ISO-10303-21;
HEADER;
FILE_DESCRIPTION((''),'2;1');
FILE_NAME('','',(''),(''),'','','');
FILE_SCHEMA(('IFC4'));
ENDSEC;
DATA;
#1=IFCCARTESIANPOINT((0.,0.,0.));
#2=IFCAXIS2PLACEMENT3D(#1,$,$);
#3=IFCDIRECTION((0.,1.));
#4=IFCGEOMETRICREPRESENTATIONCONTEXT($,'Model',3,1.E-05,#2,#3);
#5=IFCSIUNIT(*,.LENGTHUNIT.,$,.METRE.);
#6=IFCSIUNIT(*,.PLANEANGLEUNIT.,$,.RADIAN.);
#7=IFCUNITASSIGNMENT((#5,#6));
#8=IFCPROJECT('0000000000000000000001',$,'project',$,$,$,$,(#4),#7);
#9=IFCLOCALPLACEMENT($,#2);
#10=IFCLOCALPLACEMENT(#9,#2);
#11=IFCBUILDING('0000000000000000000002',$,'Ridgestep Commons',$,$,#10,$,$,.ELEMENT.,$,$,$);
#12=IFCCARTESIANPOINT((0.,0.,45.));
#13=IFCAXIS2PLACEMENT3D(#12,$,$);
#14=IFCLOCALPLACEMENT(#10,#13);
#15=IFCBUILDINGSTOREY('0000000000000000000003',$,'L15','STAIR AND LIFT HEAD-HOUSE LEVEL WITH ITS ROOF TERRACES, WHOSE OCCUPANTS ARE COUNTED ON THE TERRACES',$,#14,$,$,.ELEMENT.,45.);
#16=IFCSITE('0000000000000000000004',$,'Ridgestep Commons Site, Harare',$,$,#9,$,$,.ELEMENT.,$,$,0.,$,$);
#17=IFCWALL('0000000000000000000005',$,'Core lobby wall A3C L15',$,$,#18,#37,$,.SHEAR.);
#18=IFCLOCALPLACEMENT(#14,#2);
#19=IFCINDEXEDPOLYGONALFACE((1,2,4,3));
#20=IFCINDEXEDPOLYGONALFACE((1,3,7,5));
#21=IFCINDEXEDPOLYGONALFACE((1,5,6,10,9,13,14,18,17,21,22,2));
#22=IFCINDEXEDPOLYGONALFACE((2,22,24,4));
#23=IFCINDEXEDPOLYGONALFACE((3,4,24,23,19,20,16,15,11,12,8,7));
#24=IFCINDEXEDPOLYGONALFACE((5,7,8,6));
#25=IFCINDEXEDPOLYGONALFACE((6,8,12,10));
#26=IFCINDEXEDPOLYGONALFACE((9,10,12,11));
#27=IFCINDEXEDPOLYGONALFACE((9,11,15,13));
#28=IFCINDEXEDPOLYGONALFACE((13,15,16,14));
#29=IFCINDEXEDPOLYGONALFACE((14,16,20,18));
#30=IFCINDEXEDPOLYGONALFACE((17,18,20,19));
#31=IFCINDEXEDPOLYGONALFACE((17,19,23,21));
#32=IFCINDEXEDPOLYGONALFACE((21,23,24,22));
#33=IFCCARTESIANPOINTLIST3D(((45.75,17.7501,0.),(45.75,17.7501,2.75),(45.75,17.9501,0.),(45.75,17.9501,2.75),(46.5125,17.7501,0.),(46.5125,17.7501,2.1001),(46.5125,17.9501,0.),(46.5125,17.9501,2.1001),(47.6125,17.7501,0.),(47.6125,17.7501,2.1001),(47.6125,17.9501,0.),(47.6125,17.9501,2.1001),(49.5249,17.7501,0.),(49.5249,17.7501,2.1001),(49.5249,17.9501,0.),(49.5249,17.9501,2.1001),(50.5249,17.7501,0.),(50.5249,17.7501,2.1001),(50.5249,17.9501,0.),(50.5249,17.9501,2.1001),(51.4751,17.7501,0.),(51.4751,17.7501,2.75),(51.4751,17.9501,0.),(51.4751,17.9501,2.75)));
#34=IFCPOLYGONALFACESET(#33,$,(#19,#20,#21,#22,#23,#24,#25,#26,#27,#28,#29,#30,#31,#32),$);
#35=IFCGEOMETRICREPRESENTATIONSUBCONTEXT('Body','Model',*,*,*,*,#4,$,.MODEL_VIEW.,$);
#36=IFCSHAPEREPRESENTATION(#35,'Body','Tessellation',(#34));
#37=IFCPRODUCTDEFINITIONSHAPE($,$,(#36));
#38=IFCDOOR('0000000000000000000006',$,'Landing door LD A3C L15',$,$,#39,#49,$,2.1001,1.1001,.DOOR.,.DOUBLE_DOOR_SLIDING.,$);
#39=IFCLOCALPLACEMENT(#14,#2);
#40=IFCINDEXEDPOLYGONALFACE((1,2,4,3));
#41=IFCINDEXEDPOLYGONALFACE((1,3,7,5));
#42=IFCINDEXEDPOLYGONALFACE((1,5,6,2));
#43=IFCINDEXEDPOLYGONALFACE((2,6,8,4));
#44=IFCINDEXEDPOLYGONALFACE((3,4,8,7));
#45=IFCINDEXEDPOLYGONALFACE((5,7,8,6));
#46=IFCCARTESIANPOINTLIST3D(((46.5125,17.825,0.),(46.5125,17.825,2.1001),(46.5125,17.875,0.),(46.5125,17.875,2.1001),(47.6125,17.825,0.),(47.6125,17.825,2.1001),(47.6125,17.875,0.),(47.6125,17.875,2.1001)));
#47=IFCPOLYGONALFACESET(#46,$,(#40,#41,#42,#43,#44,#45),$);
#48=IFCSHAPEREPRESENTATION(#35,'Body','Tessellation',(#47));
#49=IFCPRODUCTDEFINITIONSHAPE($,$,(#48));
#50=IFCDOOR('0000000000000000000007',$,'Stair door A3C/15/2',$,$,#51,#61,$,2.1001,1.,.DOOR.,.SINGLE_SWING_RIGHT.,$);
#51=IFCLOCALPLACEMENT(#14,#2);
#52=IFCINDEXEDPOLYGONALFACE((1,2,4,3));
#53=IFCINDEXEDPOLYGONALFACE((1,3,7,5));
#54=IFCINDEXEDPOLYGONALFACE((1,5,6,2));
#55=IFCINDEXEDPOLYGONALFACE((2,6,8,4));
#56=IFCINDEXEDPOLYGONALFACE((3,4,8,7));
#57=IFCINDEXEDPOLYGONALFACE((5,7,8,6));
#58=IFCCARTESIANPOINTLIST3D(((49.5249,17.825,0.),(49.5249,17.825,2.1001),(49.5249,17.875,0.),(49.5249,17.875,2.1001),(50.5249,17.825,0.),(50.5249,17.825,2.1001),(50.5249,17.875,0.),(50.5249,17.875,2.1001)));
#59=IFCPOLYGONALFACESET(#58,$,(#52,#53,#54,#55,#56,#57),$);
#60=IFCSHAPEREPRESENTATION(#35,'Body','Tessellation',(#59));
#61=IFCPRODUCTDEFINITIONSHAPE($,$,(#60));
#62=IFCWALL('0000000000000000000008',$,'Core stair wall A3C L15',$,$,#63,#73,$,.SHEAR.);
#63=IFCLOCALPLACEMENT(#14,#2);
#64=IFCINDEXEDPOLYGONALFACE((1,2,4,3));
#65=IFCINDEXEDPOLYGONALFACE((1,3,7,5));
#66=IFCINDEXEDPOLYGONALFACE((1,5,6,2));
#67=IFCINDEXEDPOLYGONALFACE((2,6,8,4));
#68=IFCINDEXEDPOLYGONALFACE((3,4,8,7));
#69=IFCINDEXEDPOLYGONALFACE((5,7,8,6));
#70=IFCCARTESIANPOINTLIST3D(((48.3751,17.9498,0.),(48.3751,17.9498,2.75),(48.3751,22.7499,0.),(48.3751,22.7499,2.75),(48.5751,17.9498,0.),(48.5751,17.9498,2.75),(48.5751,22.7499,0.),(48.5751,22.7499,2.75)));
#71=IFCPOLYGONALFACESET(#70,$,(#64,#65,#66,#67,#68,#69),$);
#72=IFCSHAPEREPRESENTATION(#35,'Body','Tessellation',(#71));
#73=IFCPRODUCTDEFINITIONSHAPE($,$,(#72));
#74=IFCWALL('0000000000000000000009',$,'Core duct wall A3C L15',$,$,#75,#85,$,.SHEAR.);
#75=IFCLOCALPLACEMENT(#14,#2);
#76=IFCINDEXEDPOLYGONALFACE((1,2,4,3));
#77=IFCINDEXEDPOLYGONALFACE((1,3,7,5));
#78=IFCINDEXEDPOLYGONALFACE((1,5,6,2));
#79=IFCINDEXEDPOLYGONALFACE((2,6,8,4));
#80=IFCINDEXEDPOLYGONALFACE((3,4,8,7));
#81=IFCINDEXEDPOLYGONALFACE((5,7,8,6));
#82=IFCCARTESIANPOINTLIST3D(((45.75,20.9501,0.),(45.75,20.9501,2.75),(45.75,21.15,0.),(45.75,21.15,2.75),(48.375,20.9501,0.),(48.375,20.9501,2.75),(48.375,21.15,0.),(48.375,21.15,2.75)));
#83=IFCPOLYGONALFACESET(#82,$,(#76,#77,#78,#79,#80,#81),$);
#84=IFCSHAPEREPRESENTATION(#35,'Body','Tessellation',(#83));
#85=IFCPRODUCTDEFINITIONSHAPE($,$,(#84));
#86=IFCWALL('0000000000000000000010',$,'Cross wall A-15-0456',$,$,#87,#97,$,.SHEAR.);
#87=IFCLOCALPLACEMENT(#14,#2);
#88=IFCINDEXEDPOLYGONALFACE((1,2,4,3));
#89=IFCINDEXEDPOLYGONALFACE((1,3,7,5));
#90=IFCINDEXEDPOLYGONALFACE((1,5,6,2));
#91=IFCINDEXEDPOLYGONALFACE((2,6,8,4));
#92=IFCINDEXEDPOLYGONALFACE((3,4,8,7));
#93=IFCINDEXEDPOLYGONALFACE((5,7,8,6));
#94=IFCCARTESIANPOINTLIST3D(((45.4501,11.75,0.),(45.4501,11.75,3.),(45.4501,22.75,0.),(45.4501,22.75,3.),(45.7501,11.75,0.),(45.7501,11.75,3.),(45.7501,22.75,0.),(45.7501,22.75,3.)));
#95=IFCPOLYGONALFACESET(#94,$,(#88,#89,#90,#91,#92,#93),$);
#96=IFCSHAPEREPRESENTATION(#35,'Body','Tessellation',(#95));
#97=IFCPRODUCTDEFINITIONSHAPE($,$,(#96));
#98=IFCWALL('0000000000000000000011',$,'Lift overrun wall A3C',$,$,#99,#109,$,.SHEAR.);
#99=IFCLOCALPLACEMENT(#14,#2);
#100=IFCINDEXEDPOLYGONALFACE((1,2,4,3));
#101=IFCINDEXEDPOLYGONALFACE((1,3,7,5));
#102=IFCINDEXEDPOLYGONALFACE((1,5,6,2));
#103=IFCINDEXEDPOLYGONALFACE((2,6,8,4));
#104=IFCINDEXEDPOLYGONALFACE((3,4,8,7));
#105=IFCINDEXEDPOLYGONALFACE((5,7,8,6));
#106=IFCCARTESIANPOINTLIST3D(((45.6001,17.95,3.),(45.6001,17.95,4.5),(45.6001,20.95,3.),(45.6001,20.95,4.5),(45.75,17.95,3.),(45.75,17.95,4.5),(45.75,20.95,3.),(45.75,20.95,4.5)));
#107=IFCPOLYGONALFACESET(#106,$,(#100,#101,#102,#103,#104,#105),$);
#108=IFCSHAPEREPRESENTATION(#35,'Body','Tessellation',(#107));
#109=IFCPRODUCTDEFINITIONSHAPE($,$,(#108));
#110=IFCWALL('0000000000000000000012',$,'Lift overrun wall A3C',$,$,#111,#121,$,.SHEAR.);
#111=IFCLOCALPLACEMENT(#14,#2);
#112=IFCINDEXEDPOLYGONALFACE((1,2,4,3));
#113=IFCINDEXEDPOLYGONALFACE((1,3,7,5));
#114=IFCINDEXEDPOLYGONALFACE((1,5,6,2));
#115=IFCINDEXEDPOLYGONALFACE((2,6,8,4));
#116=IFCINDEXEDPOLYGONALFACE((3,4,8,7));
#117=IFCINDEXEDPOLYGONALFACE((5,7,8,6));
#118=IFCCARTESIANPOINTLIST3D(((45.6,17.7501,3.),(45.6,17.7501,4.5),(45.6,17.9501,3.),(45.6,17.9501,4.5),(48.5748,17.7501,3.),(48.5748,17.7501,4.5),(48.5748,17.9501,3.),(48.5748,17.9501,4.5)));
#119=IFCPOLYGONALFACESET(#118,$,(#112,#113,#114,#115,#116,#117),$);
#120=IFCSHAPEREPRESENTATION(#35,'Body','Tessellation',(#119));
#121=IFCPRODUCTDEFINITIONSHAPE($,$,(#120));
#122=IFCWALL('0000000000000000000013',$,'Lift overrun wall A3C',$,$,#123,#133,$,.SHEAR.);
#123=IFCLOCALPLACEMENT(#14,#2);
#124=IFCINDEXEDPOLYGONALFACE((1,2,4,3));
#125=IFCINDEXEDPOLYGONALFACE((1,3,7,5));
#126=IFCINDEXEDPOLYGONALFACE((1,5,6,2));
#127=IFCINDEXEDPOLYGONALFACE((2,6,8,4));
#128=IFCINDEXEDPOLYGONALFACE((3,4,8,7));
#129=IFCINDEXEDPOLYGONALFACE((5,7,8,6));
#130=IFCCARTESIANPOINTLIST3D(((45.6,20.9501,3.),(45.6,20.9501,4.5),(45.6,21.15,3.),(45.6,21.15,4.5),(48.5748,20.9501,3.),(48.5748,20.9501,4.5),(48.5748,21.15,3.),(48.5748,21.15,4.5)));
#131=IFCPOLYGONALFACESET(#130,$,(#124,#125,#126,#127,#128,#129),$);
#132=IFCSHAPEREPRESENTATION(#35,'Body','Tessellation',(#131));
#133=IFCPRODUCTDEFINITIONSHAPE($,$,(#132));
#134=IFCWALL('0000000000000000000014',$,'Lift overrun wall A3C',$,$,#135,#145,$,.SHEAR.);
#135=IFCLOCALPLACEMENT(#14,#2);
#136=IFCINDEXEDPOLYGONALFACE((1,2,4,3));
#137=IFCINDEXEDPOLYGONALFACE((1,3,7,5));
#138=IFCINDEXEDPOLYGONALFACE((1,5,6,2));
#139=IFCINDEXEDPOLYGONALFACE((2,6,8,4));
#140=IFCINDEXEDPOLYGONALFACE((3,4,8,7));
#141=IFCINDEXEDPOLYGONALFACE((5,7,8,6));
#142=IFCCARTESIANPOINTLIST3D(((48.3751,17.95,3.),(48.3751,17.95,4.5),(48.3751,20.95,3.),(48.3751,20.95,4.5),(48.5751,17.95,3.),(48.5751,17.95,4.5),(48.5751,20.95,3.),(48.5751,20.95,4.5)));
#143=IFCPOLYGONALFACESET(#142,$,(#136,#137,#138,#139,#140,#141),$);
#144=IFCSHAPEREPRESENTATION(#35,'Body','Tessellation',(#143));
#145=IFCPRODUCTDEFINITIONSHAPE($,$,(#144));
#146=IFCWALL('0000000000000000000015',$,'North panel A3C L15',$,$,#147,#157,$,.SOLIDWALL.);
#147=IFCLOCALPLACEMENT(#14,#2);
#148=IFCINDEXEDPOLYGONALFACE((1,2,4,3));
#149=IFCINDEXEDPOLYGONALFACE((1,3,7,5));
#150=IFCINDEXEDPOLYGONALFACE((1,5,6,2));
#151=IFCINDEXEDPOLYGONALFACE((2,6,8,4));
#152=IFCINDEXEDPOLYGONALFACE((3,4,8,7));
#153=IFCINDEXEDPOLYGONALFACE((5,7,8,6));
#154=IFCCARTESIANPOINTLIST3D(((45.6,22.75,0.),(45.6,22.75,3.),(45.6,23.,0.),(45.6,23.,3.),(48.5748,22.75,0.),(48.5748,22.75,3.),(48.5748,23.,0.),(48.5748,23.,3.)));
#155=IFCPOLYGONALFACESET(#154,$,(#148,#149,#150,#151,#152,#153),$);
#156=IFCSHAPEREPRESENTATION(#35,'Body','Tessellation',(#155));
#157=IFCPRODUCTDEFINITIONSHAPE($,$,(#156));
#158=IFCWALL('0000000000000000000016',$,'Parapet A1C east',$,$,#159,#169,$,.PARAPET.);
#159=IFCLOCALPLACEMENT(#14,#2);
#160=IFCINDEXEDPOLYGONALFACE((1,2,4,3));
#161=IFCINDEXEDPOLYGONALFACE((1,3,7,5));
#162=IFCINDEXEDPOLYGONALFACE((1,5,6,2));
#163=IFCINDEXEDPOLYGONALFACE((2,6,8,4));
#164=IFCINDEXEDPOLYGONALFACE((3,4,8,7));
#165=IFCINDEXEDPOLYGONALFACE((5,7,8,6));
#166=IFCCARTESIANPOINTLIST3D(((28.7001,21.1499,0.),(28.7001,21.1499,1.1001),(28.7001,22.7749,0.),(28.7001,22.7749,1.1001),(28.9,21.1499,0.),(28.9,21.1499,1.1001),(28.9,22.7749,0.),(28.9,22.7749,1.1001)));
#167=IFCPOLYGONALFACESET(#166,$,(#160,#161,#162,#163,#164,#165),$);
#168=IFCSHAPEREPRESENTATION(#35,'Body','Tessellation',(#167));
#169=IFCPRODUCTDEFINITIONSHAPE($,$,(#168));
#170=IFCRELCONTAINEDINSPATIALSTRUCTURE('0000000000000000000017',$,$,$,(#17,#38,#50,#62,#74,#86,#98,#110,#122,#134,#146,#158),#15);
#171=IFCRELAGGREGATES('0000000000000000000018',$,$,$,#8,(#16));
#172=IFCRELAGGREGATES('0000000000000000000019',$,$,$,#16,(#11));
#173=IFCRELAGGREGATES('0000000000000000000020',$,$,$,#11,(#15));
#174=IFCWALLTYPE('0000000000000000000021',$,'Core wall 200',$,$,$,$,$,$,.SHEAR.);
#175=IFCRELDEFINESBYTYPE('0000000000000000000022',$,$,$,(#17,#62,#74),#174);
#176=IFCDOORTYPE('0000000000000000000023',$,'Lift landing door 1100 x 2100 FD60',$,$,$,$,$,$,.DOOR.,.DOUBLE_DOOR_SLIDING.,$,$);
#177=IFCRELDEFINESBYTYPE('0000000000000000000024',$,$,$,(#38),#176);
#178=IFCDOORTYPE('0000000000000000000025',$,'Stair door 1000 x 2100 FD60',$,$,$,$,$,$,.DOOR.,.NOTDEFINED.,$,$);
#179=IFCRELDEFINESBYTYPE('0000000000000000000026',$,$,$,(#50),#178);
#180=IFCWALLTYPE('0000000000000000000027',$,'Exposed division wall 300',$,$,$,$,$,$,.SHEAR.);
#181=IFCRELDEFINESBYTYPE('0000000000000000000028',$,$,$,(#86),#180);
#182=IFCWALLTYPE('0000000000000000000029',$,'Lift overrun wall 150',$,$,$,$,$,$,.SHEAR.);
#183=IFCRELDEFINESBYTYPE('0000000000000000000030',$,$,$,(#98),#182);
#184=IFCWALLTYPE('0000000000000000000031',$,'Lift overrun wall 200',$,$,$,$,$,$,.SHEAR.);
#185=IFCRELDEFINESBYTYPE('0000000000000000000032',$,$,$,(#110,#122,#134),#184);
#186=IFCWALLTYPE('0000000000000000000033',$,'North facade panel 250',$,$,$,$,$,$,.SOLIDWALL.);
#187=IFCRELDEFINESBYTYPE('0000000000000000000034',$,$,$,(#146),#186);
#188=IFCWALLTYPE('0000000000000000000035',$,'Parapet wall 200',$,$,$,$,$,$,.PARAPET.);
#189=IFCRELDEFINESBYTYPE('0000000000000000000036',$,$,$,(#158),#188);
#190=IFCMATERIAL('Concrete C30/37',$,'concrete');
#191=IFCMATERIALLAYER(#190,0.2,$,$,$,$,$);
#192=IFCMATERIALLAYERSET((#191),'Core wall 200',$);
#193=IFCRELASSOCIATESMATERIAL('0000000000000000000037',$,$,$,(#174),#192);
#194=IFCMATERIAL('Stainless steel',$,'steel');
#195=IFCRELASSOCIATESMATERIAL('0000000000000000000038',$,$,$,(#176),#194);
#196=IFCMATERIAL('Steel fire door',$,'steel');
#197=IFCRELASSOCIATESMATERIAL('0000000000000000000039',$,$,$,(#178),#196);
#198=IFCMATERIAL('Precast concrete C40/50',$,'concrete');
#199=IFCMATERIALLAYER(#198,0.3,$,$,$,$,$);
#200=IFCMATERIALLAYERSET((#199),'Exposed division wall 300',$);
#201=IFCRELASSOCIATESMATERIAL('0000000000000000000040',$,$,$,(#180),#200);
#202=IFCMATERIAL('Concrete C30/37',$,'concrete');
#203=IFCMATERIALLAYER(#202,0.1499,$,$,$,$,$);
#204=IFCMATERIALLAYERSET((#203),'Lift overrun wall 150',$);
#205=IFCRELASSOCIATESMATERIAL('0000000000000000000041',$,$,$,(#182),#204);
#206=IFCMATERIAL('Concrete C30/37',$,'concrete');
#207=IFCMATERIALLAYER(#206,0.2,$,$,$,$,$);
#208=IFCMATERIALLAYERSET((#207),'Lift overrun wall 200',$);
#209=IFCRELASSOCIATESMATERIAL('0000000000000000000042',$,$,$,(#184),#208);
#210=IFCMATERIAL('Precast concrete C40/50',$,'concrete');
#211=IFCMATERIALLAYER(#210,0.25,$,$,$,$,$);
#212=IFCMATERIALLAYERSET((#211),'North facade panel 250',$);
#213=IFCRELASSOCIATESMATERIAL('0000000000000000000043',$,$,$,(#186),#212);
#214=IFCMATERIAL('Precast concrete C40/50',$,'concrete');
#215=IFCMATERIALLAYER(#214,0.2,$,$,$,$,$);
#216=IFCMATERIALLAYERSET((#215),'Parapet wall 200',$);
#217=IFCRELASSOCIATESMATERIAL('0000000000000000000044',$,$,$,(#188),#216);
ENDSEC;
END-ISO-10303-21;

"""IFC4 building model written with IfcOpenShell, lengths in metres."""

from ifc_helpers import new_model, si_unit, direction, frame, frame_2d, origin, place, context, subcontext, project, spatial, rectangle, extrude, material, layer, layer_set, type_object, element, fill, save


model = new_model("IFC4")

# Units and contexts
model_context = context("Model", 3, precision=1e-05, world=origin(), true_north=direction((0.0, 1.0)))
body_context = subcontext(model_context, "Body", "Model", "MODEL_VIEW")
ifc_project = project(units=[si_unit("LENGTHUNIT", "METRE"), si_unit("PLANEANGLEUNIT", "RADIAN")], contexts=[model_context])

# Site, building, storey
site_placement = place(None, origin())
site = spatial("IfcSite", under=ifc_project, at=site_placement, Name="Ridgestep Commons Site, Harare", CompositionType="ELEMENT", RefElevation=0.0)
building_placement = place(site_placement, origin())
building = spatial("IfcBuilding", under=site, at=building_placement, Name="Ridgestep Commons", CompositionType="ELEMENT")
storey_placement = place(building_placement, frame((0.0, 0.0, 45.0)))
storey = spatial("IfcBuildingStorey", under=building, at=storey_placement, Name="L15", Description="STAIR AND LIFT HEAD-HOUSE LEVEL WITH ITS ROOF TERRACES, WHOSE OCCUPANTS ARE COUNTED ON THE TERRACES", CompositionType="ELEMENT", Elevation=45.0)

# Wall, openings, doors
ifc_material_1 = material(Name="Concrete C30/37", Category="concrete")
ifc_layer_1 = layer(ifc_material_1, 0.2)
ifc_layer_set_1 = layer_set([ifc_layer_1], Name="Core wall 200")
wall_type_1 = type_object("IfcWallType", Name="Core wall 200", PredefinedType="SHEAR", material=ifc_layer_set_1)
wall_1_placement = place(storey_placement, frame((45.75, 17.8501, 0.0), z_axis=(0.0, 0.0, 1.0), x_axis=(1.0, 0.0, 0.0)))
wall_1 = element("IfcWall", 1, at=wall_1_placement, inside=storey, type_object=wall_type_1, Name="Core lobby wall A3C L15", PredefinedType="SHEAR", context=body_context, shape_type="SweptSolid", body=[
    extrude(rectangle(XDim=5.7251, YDim=0.2, at=frame_2d((2.8625, 0.0))), origin(), (0.0, 0.0, 1.0), 2.75),
])
opening_1_placement = place(wall_1_placement, frame((3.7749, 0.0, 0.0)))
opening_1 = element("IfcOpeningElement", 2, at=opening_1_placement, cuts=wall_1, PredefinedType="OPENING", context=body_context, shape_type="SweptSolid", body=[
    extrude(rectangle(XDim=1.0, YDim=2.1001, at=frame_2d((0.5, 1.05))), frame((0.0, 0.1099, 0.0), z_axis=(0.0, -1.0, 0.0), x_axis=(1.0, 0.0, 0.0)), (0.0, 0.0, 1.0), 0.22),
])
opening_2_placement = place(wall_1_placement, frame((0.7625, 0.0, 0.0)))
opening_2 = element("IfcOpeningElement", 3, at=opening_2_placement, cuts=wall_1, PredefinedType="OPENING", context=body_context, shape_type="SweptSolid", body=[
    extrude(rectangle(XDim=1.1001, YDim=2.1001, at=frame_2d((0.55, 1.05))), frame((0.0, 0.1099, 0.0), z_axis=(0.0, -1.0, 0.0), x_axis=(1.0, 0.0, 0.0)), (0.0, 0.0, 1.0), 0.22),
])
ifc_material_2 = material(Name="Stainless steel", Category="steel")
door_type_1 = type_object("IfcDoorType", Name="Lift landing door 1100 x 2100 FD60", OperationType="DOUBLE_DOOR_SLIDING", PredefinedType="DOOR", material=ifc_material_2)
door_1_placement = place(opening_2_placement, origin())
door_1 = element("IfcDoor", 4, at=door_1_placement, inside=storey, type_object=door_type_1, Name="Landing door LD A3C L15", OperationType="DOUBLE_DOOR_SLIDING", OverallHeight=2.1001, OverallWidth=1.1001, PredefinedType="DOOR", context=body_context, shape_type="SweptSolid", body=[
    extrude(rectangle(XDim=1.1001, YDim=2.1001, at=frame_2d((0.55, 1.05))), frame((0.0, 0.0249, 0.0), z_axis=(0.0, -1.0, 0.0), x_axis=(1.0, 0.0, 0.0)), (0.0, 0.0, 1.0), 0.05),
])
fill(opening_2, door_1)
ifc_material_3 = material(Name="Steel fire door", Category="steel")
door_type_2 = type_object("IfcDoorType", Name="Stair door 1000 x 2100 FD60", OperationType="NOTDEFINED", PredefinedType="DOOR", material=ifc_material_3)
door_2_placement = place(opening_1_placement, origin())
door_2 = element("IfcDoor", 5, at=door_2_placement, inside=storey, type_object=door_type_2, Name="Stair door A3C/15/2", OperationType="SINGLE_SWING_RIGHT", OverallHeight=2.1001, OverallWidth=1.0, PredefinedType="DOOR", context=body_context, shape_type="SweptSolid", body=[
    extrude(rectangle(XDim=1.0, YDim=2.1001, at=frame_2d((0.5, 1.05))), frame((0.0, 0.0249, 0.0), z_axis=(0.0, -1.0, 0.0), x_axis=(1.0, 0.0, 0.0)), (0.0, 0.0, 1.0), 0.05),
])
fill(opening_1, door_2)

# Walls
wall_2_placement = place(storey_placement, frame((48.4751, 17.95, 0.0), z_axis=(0.0, 0.0, 1.0), x_axis=(0.0, 1.0, 0.0)))
element("IfcWall", 6, at=wall_2_placement, inside=storey, type_object=wall_type_1, Name="Core stair wall A3C L15", PredefinedType="SHEAR", context=body_context, shape_type="SweptSolid", body=[
    extrude(rectangle(XDim=4.8, YDim=0.2, at=frame_2d((2.3999, 0.0))), origin(), (0.0, 0.0, 1.0), 2.75),
])
wall_3_placement = place(storey_placement, frame((45.75, 21.05, 0.0), z_axis=(0.0, 0.0, 1.0), x_axis=(1.0, 0.0, 0.0)))
element("IfcWall", 7, at=wall_3_placement, inside=storey, type_object=wall_type_1, Name="Core duct wall A3C L15", PredefinedType="SHEAR", context=body_context, shape_type="SweptSolid", body=[
    extrude(rectangle(XDim=2.625, YDim=0.2, at=frame_2d((1.3125, 0.0))), origin(), (0.0, 0.0, 1.0), 2.75),
])
ifc_material_4 = material(Name="Precast concrete C40/50", Category="concrete")
ifc_layer_2 = layer(ifc_material_4, 0.3)
ifc_layer_set_2 = layer_set([ifc_layer_2], Name="Exposed division wall 300")
wall_type_2 = type_object("IfcWallType", Name="Exposed division wall 300", PredefinedType="SHEAR", material=ifc_layer_set_2)
wall_4_placement = place(storey_placement, frame((45.6001, 11.75, 0.0), z_axis=(0.0, 0.0, 1.0), x_axis=(0.0, 1.0, 0.0)))
element("IfcWall", 8, at=wall_4_placement, inside=storey, type_object=wall_type_2, Name="Cross wall A-15-0456", PredefinedType="SHEAR", context=body_context, shape_type="SweptSolid", body=[
    extrude(rectangle(XDim=11.0, YDim=0.3, at=frame_2d((5.5, 0.0))), origin(), (0.0, 0.0, 1.0), 3.0),
])
ifc_material_5 = material(Name="Concrete C30/37", Category="concrete")
ifc_layer_3 = layer(ifc_material_5, 0.1499)
ifc_layer_set_3 = layer_set([ifc_layer_3], Name="Lift overrun wall 150")
wall_type_3 = type_object("IfcWallType", Name="Lift overrun wall 150", PredefinedType="SHEAR", material=ifc_layer_set_3)
wall_5_placement = place(storey_placement, frame((45.675, 17.95, 3.0), z_axis=(0.0, 0.0, 1.0), x_axis=(0.0, 1.0, 0.0)))
element("IfcWall", 9, at=wall_5_placement, inside=storey, type_object=wall_type_3, Name="Lift overrun wall A3C", PredefinedType="SHEAR", context=body_context, shape_type="SweptSolid", body=[
    extrude(rectangle(XDim=3.0, YDim=0.1499, at=frame_2d((1.5, 0.0))), origin(), (0.0, 0.0, 1.0), 1.5),
])
ifc_material_6 = material(Name="Concrete C30/37", Category="concrete")
ifc_layer_4 = layer(ifc_material_6, 0.2)
ifc_layer_set_4 = layer_set([ifc_layer_4], Name="Lift overrun wall 200")
wall_type_4 = type_object("IfcWallType", Name="Lift overrun wall 200", PredefinedType="SHEAR", material=ifc_layer_set_4)
for number, where, z_axis, x_axis, name in (
    (10, (45.6001, 17.8501, 3.0), (0.0, 0.0, 1.0), (1.0, 0.0, 0.0), "Lift overrun wall A3C"),
    (11, (45.6001, 21.05, 3.0), (0.0, 0.0, 1.0), (1.0, 0.0, 0.0), "Lift overrun wall A3C"),
):
    element("IfcWall", number, at=place(storey_placement, frame(where, z_axis=z_axis, x_axis=x_axis)), inside=storey, type_object=wall_type_4, Name=name, PredefinedType="SHEAR", context=body_context, shape_type="SweptSolid", body=[
        extrude(rectangle(XDim=2.9749, YDim=0.2, at=frame_2d((1.4873, 0.0))), origin(), (0.0, 0.0, 1.0), 1.5),
    ])
wall_6_placement = place(storey_placement, frame((48.4751, 17.95, 3.0), z_axis=(0.0, 0.0, 1.0), x_axis=(0.0, 1.0, 0.0)))
element("IfcWall", 12, at=wall_6_placement, inside=storey, type_object=wall_type_4, Name="Lift overrun wall A3C", PredefinedType="SHEAR", context=body_context, shape_type="SweptSolid", body=[
    extrude(rectangle(XDim=3.0, YDim=0.2, at=frame_2d((1.5, 0.0))), origin(), (0.0, 0.0, 1.0), 1.5),
])
ifc_material_7 = material(Name="Precast concrete C40/50", Category="concrete")
ifc_layer_5 = layer(ifc_material_7, 0.25)
ifc_layer_set_5 = layer_set([ifc_layer_5], Name="North facade panel 250")
wall_type_5 = type_object("IfcWallType", Name="North facade panel 250", PredefinedType="SOLIDWALL", material=ifc_layer_set_5)
wall_7_placement = place(storey_placement, frame((45.6001, 22.875, 0.0), z_axis=(0.0, 0.0, 1.0), x_axis=(1.0, 0.0, 0.0)))
element("IfcWall", 13, at=wall_7_placement, inside=storey, type_object=wall_type_5, Name="North panel A3C L15", PredefinedType="SOLIDWALL", context=body_context, shape_type="SweptSolid", body=[
    extrude(rectangle(XDim=2.9749, YDim=0.25, at=frame_2d((1.4873, 0.0))), origin(), (0.0, 0.0, 1.0), 3.0),
])
ifc_material_8 = material(Name="Precast concrete C40/50", Category="concrete")
ifc_layer_6 = layer(ifc_material_8, 0.2)
ifc_layer_set_6 = layer_set([ifc_layer_6], Name="Parapet wall 200")
wall_type_6 = type_object("IfcWallType", Name="Parapet wall 200", PredefinedType="PARAPET", material=ifc_layer_set_6)
wall_8_placement = place(storey_placement, frame((28.8, 21.1499, 0.0), z_axis=(0.0, 0.0, 1.0), x_axis=(0.0, 1.0, 0.0)))
element("IfcWall", 14, at=wall_8_placement, inside=storey, type_object=wall_type_6, Name="Parapet A1C east", PredefinedType="PARAPET", context=body_context, shape_type="SweptSolid", body=[
    extrude(rectangle(XDim=1.625, YDim=0.2, at=frame_2d((0.8125, 0.0))), origin(), (0.0, 0.0, 1.0), 1.1001),
])

save(model, "model.ifc")
